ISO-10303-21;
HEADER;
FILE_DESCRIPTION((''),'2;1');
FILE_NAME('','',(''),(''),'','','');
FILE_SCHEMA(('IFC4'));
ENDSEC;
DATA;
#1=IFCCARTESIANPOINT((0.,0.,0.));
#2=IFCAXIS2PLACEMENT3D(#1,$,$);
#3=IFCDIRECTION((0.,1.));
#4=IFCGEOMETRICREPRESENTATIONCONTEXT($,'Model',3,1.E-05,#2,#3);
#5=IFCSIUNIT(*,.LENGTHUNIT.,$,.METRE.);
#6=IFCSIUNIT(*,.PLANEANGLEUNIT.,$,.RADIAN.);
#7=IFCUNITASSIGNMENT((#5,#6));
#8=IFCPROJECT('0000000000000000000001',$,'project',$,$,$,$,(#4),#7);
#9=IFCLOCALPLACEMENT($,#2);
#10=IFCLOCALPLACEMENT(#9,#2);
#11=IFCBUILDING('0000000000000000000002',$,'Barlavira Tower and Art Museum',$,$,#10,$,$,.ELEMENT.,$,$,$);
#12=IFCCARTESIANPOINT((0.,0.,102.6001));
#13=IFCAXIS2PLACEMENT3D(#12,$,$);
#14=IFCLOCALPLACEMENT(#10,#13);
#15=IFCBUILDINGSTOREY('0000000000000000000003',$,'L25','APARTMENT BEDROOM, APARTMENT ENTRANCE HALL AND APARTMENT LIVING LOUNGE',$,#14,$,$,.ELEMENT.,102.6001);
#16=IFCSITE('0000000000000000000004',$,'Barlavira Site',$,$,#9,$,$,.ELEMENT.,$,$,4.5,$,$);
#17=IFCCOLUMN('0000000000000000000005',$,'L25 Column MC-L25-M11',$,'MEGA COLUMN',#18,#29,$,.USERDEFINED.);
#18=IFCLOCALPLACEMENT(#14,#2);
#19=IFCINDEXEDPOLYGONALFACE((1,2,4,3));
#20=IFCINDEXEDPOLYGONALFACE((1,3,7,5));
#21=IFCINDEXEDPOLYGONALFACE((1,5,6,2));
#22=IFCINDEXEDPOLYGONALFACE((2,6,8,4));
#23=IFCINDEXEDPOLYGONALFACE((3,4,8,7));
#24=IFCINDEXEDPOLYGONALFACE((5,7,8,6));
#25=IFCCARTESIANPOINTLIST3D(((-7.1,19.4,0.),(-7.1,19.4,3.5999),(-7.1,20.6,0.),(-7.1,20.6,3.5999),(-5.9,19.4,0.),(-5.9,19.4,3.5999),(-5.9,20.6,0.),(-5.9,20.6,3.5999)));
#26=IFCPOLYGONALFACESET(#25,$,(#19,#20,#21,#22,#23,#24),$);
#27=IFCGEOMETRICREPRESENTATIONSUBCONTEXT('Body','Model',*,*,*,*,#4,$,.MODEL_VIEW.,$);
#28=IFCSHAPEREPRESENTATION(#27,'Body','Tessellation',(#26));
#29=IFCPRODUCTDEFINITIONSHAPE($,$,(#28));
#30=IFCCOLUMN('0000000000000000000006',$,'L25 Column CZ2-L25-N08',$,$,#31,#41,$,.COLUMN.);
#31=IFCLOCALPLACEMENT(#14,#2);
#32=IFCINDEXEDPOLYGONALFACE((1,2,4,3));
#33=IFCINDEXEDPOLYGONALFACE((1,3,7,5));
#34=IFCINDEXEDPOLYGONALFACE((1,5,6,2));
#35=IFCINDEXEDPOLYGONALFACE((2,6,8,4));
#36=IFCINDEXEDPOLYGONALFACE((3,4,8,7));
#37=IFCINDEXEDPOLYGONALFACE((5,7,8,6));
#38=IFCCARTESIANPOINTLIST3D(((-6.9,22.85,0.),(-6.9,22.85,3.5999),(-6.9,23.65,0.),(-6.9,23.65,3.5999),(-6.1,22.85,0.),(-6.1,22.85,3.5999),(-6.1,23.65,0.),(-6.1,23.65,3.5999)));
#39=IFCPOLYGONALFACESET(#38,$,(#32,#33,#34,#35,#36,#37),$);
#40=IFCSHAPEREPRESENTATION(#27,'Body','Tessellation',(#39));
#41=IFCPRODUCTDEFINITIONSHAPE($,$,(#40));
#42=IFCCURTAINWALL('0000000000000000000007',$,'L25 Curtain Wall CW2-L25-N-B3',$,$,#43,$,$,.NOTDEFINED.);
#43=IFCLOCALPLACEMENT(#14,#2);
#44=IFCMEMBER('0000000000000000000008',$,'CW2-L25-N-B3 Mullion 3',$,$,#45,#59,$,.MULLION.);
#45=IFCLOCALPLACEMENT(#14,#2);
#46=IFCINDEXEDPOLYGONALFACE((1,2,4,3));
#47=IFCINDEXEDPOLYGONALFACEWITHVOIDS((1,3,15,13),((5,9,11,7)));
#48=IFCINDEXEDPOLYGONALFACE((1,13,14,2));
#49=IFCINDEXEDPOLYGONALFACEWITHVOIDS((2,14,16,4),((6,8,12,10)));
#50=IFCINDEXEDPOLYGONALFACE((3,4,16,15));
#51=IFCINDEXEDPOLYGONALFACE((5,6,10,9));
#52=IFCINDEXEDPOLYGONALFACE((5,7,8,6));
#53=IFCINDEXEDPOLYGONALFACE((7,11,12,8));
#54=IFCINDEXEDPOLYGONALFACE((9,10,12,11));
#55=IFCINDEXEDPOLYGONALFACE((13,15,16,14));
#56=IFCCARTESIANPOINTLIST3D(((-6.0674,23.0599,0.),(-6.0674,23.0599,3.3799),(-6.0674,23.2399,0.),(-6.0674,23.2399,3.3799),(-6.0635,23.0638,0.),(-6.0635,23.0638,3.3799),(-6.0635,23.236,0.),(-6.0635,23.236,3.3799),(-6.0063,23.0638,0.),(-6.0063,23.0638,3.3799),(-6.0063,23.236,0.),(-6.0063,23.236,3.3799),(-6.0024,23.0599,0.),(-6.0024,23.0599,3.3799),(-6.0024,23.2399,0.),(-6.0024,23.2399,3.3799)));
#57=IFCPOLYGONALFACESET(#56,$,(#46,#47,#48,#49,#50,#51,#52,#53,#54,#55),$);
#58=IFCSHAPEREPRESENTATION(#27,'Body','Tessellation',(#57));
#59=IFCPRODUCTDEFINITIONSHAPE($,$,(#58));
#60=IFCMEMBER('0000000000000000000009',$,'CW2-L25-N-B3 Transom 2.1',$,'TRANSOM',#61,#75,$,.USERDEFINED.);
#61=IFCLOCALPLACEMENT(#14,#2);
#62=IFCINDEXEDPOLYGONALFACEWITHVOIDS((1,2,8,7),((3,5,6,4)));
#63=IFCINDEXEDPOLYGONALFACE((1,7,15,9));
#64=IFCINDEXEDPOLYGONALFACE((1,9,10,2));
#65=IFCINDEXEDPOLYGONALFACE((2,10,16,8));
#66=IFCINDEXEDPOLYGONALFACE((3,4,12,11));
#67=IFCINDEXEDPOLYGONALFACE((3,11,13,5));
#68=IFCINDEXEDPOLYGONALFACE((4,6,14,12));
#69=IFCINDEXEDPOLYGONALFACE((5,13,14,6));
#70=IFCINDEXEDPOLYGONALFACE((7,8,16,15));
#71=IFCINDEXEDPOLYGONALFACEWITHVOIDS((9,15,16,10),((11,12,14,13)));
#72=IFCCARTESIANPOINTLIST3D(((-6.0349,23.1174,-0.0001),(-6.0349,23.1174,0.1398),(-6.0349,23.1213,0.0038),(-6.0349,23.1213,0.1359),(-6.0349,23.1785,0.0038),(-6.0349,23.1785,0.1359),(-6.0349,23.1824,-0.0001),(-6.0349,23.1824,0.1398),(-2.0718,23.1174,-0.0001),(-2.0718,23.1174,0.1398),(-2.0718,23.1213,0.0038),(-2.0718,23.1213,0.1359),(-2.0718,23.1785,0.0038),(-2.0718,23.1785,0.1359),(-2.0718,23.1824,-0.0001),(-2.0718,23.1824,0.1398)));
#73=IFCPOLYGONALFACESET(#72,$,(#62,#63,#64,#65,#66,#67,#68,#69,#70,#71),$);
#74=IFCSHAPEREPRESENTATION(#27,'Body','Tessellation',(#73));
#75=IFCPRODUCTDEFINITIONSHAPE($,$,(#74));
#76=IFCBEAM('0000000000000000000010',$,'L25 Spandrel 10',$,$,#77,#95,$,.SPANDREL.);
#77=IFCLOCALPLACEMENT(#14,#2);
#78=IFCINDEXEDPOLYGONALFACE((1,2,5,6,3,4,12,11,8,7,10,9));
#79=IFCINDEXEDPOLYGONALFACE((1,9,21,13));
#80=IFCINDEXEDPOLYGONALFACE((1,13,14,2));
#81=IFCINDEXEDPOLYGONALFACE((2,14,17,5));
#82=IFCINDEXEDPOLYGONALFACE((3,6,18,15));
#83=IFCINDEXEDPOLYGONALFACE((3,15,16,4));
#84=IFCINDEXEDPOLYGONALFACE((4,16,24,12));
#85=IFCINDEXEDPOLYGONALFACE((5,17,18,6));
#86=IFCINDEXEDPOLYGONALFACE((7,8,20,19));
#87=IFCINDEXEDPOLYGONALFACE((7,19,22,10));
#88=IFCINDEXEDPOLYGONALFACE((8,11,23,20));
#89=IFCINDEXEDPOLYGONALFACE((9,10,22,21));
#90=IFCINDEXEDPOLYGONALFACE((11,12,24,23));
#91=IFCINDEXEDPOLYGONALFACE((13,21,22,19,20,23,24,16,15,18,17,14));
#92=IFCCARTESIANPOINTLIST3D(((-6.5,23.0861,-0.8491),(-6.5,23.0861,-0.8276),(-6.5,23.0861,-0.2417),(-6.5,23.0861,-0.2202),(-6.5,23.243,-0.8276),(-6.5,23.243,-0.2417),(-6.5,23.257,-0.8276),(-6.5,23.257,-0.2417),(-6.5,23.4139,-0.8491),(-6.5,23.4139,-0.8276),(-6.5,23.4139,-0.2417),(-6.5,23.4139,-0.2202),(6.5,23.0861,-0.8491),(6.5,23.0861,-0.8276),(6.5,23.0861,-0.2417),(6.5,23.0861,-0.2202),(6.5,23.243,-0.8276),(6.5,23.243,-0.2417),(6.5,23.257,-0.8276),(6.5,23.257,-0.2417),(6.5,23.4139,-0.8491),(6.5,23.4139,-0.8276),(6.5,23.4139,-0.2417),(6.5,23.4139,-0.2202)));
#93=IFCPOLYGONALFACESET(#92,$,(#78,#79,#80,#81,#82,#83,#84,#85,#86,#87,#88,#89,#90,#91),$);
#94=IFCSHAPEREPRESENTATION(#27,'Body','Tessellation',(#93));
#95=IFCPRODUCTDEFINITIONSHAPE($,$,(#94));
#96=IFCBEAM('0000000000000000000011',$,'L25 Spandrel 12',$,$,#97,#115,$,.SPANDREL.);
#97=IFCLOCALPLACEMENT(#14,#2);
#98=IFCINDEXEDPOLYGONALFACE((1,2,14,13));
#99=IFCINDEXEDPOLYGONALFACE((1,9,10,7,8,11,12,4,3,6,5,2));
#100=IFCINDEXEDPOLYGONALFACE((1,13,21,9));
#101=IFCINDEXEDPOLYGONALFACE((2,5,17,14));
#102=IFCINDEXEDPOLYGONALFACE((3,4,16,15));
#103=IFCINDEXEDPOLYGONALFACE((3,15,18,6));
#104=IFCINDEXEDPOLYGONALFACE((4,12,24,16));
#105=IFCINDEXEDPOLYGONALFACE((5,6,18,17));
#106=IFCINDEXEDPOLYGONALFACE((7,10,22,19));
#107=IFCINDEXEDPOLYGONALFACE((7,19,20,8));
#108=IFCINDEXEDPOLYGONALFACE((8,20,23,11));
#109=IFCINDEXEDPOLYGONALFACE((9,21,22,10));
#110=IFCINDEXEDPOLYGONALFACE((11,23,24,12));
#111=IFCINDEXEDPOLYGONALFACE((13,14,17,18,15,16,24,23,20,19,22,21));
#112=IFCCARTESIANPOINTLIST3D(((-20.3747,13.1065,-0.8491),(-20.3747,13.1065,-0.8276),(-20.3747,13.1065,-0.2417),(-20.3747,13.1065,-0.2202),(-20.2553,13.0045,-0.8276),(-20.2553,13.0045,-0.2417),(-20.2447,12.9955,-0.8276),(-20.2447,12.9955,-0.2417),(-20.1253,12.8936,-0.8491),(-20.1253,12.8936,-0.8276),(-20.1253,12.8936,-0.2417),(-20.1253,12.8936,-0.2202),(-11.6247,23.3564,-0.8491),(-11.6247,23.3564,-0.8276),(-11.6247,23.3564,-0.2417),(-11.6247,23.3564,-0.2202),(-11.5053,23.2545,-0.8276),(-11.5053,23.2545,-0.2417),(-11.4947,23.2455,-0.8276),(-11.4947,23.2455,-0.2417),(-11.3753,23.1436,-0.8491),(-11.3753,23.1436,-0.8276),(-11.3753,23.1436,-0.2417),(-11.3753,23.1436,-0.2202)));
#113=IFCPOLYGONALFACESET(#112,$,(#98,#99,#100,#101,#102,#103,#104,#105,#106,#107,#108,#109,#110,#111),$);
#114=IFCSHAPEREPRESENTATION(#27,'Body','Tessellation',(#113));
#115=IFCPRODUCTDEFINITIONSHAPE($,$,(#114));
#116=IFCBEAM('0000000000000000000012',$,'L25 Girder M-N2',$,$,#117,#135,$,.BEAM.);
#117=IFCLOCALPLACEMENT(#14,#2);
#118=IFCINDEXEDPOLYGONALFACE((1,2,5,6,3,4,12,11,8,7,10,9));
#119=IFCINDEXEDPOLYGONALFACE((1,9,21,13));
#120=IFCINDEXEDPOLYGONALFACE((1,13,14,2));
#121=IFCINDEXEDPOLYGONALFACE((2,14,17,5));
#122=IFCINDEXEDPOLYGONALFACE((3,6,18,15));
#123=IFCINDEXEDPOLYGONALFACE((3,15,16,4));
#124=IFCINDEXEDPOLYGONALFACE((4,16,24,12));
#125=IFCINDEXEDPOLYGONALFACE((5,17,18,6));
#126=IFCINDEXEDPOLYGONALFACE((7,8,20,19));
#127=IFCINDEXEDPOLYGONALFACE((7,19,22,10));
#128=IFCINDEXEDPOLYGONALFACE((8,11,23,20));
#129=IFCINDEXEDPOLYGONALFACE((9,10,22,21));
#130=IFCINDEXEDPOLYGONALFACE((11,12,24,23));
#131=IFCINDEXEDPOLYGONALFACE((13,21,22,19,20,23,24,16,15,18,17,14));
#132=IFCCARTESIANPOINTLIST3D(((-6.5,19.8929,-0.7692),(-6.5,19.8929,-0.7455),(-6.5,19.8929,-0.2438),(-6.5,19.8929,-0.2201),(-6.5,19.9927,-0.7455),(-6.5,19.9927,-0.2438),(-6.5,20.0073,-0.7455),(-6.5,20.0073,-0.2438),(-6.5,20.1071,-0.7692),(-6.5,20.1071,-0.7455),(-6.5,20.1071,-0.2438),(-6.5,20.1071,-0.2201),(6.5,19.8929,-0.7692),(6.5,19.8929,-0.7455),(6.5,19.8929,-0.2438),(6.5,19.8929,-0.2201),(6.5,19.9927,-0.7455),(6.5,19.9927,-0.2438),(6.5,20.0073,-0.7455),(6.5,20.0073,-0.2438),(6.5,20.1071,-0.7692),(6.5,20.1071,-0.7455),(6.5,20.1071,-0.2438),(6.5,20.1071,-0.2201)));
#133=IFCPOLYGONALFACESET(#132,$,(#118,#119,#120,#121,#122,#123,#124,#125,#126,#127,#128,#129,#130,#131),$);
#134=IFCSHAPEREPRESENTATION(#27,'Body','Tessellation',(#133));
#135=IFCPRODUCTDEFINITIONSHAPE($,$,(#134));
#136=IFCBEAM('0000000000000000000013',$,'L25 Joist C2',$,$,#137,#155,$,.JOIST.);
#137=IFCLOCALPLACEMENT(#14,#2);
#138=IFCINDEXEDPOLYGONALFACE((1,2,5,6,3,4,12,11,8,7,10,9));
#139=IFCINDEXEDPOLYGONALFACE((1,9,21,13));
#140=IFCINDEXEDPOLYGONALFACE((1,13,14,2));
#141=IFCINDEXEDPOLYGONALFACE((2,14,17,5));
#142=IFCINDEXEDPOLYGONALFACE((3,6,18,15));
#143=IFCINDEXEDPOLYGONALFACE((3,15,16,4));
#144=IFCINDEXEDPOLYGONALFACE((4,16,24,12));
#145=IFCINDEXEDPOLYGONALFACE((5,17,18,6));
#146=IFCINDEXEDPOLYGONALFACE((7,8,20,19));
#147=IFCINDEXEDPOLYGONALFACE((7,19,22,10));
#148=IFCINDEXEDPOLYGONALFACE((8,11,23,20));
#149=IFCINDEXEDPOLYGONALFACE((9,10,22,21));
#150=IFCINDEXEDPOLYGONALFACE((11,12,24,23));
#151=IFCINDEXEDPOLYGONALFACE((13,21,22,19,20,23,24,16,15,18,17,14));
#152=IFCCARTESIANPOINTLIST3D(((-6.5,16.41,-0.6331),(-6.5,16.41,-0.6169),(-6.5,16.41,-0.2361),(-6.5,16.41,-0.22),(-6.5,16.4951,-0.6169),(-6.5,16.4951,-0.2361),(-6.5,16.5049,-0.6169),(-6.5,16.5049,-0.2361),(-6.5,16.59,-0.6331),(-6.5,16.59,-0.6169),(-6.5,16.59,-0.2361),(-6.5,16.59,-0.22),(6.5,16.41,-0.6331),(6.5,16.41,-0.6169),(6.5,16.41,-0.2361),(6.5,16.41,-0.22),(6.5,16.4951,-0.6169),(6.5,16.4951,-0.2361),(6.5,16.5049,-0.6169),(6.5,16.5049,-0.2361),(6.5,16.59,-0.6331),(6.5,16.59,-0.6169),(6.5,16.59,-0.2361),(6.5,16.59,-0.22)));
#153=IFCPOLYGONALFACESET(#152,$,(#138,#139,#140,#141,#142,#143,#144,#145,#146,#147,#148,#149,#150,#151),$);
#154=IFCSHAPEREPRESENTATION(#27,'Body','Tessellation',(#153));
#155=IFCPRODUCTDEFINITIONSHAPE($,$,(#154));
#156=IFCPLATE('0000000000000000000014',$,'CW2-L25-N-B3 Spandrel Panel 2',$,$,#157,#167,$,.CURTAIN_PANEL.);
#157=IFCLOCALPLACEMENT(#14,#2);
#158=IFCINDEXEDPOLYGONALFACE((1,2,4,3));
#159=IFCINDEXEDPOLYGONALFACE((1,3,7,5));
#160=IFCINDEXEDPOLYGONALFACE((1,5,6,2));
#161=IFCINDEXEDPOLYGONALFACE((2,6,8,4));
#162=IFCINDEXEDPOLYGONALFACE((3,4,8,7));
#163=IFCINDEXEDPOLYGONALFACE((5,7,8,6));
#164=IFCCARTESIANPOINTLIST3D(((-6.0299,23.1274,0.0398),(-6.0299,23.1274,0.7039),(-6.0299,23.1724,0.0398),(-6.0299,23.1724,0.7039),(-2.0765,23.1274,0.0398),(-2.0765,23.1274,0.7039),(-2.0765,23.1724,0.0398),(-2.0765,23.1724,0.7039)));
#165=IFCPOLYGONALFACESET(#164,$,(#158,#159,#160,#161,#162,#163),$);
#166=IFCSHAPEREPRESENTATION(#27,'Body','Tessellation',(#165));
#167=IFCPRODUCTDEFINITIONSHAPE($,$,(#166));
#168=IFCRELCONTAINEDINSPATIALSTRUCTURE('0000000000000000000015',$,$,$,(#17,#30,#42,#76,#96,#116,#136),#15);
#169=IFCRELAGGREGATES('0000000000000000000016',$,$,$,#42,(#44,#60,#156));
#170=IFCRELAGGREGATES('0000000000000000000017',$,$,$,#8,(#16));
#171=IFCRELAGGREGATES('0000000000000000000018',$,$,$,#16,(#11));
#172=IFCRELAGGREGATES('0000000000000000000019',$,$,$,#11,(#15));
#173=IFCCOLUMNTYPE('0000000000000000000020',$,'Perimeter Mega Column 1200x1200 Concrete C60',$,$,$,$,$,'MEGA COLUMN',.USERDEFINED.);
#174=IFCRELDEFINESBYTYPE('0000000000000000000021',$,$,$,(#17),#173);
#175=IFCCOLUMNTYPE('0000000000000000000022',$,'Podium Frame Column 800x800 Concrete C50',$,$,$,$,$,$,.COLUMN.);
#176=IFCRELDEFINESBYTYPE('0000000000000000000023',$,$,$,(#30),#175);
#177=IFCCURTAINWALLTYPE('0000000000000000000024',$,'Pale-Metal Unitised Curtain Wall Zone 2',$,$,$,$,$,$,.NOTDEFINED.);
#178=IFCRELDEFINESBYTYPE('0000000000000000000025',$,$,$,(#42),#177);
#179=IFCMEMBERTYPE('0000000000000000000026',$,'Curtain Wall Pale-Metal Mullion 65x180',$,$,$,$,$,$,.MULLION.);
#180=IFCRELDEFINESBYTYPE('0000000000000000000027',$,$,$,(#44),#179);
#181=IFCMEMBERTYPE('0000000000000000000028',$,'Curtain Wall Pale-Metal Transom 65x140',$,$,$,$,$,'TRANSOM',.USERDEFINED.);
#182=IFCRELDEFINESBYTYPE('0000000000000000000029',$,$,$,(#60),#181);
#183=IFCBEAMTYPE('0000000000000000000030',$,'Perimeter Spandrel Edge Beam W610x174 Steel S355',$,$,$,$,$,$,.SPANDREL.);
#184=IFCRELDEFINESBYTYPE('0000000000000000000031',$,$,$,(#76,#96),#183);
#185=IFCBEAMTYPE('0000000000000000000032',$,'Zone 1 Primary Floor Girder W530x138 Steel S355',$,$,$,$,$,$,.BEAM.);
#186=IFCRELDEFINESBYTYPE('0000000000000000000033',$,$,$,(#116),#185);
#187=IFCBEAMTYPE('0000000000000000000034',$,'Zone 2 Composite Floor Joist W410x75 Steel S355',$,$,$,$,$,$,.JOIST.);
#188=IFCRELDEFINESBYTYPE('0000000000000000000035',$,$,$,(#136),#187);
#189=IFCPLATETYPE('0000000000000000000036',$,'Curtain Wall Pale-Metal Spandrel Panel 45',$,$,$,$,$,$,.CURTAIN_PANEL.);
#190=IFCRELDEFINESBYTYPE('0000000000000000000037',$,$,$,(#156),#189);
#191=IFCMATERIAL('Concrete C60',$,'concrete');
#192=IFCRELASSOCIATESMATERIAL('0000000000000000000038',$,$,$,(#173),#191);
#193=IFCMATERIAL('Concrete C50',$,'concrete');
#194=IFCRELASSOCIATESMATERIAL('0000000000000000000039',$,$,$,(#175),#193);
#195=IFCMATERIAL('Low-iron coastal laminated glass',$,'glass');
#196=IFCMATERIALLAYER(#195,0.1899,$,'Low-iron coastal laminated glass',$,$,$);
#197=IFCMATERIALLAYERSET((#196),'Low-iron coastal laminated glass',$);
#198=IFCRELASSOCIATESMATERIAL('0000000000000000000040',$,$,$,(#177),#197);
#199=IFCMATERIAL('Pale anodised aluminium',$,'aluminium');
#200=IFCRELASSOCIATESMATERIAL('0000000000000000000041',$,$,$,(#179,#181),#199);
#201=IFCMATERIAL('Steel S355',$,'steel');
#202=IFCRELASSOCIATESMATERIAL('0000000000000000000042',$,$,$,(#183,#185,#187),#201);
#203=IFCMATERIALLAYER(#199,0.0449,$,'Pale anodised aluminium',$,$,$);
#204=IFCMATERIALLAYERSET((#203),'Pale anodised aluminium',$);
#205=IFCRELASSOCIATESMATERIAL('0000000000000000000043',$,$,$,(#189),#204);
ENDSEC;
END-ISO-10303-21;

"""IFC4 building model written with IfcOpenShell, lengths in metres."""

from ifc_helpers import new_model, si_unit, direction, frame, origin, origin_2d, place, context, subcontext, project, spatial, rectangle, hollow_rectangle, i_section, extrude, material, layer, layer_set, material_profile, profile_set, type_object, element, aggregate, save


model = new_model("IFC4")

# Units and contexts
model_context = context("Model", 3, precision=1e-05, world=origin(), true_north=direction((0.0, 1.0)))
body_context = subcontext(model_context, "Body", "Model", "MODEL_VIEW")
ifc_project = project(units=[si_unit("LENGTHUNIT", "METRE"), si_unit("PLANEANGLEUNIT", "RADIAN")], contexts=[model_context])

# Site, building, storey
site_placement = place(None, origin())
site = spatial("IfcSite", under=ifc_project, at=site_placement, Name="Barlavira Site", CompositionType="ELEMENT", RefElevation=4.5)
building_placement = place(site_placement, origin())
building = spatial("IfcBuilding", under=site, at=building_placement, Name="Barlavira Tower and Art Museum", CompositionType="ELEMENT")
storey_placement = place(building_placement, frame((0.0, 0.0, 102.6001)))
storey = spatial("IfcBuildingStorey", under=building, at=storey_placement, Name="L25", Description="APARTMENT BEDROOM, APARTMENT ENTRANCE HALL AND APARTMENT LIVING LOUNGE", CompositionType="ELEMENT", Elevation=102.6001)

# Columns
ifc_material_1 = material(Name="Concrete C60", Category="concrete")
ifc_material_profile_1 = material_profile(ifc_material_1, rectangle(XDim=1.2, YDim=1.2, at=origin_2d()), Name="RC-COL 1200x1200")
ifc_profile_set_1 = profile_set([ifc_material_profile_1], Name="Concrete C60")
column_type_1 = type_object("IfcColumnType", Name="Perimeter Mega Column 1200x1200 Concrete C60", ElementType="MEGA COLUMN", PredefinedType="USERDEFINED", material=ifc_profile_set_1)
column_1_placement = place(storey_placement, frame((-6.5, 20.0, 0.0), z_axis=(0.0, 0.0, 1.0), x_axis=(1.0, 0.0, 0.0)))
element("IfcColumn", 1, at=column_1_placement, inside=storey, type_object=column_type_1, Name="L25 Column MC-L25-M11", ObjectType="MEGA COLUMN", PredefinedType="USERDEFINED", context=body_context, shape_type="SweptSolid", body=[
    extrude(rectangle(XDim=1.2, YDim=1.2, at=origin_2d()), origin(), (0.0, 0.0, 1.0), 3.5999),
])
ifc_material_2 = material(Name="Concrete C50", Category="concrete")
ifc_material_profile_2 = material_profile(ifc_material_2, rectangle(XDim=0.8, YDim=0.8, at=origin_2d()), Name="RC-COL 800x800")
ifc_profile_set_2 = profile_set([ifc_material_profile_2], Name="Concrete C50")
column_type_2 = type_object("IfcColumnType", Name="Podium Frame Column 800x800 Concrete C50", PredefinedType="COLUMN", material=ifc_profile_set_2)
column_2_placement = place(storey_placement, frame((-6.5, 23.25, 0.0), z_axis=(0.0, 0.0, 1.0), x_axis=(1.0, 0.0, 0.0)))
element("IfcColumn", 2, at=column_2_placement, inside=storey, type_object=column_type_2, Name="L25 Column CZ2-L25-N08", PredefinedType="COLUMN", context=body_context, shape_type="SweptSolid", body=[
    extrude(rectangle(XDim=0.8, YDim=0.8, at=origin_2d()), origin(), (0.0, 0.0, 1.0), 3.5999),
])

# Curtain wall, members
ifc_material_3 = material(Name="Low-iron coastal laminated glass", Category="glass")
ifc_layer_1 = layer(ifc_material_3, 0.1899, Name="Low-iron coastal laminated glass")
ifc_layer_set_1 = layer_set([ifc_layer_1], Name="Low-iron coastal laminated glass")
curtain_wall_type = type_object("IfcCurtainWallType", Name="Pale-Metal Unitised Curtain Wall Zone 2", PredefinedType="NOTDEFINED", material=ifc_layer_set_1)
curtain_wall_placement = place(storey_placement, origin())
curtain_wall = element("IfcCurtainWall", 3, at=curtain_wall_placement, inside=storey, type_object=curtain_wall_type, Name="L25 Curtain Wall CW2-L25-N-B3", PredefinedType="NOTDEFINED")
ifc_material_4 = material(Name="Pale anodised aluminium", Category="aluminium")
ifc_material_profile_3 = material_profile(ifc_material_4, hollow_rectangle(XDim=0.0649, YDim=0.1799, WallThickness=0.0039, at=origin_2d()), Name="ALU-MULL 65x180x4")
ifc_profile_set_3 = profile_set([ifc_material_profile_3], Name="Pale anodised aluminium")
member_type_1 = type_object("IfcMemberType", Name="Curtain Wall Pale-Metal Mullion 65x180", PredefinedType="MULLION", material=ifc_profile_set_3)
member_1_placement = place(storey_placement, frame((-6.0349, 23.1499, 0.0), z_axis=(0.0, 0.0, 1.0), x_axis=(-1.0, 0.0, 0.0)))
member_1 = element("IfcMember", 4, at=member_1_placement, type_object=member_type_1, Name="CW2-L25-N-B3 Mullion 3", PredefinedType="MULLION", context=body_context, shape_type="SweptSolid", body=[
    extrude(hollow_rectangle(XDim=0.0649, YDim=0.1799, WallThickness=0.0039, at=origin_2d()), origin(), (0.0, 0.0, 1.0), 3.3799),
])
ifc_material_profile_4 = material_profile(ifc_material_4, hollow_rectangle(XDim=0.0649, YDim=0.1399, WallThickness=0.0039, at=origin_2d()), Name="ALU-TRAN 65x140x4")
ifc_profile_set_4 = profile_set([ifc_material_profile_4], Name="Pale anodised aluminium")
member_type_2 = type_object("IfcMemberType", Name="Curtain Wall Pale-Metal Transom 65x140", ElementType="TRANSOM", PredefinedType="USERDEFINED", material=ifc_profile_set_4)
member_2_placement = place(storey_placement, frame((-2.0718, 23.1499, 0.0698), z_axis=(-1.0, 0.0, 0.0), x_axis=(0.0, -1.0, 0.0)))
member_2 = element("IfcMember", 5, at=member_2_placement, type_object=member_type_2, Name="CW2-L25-N-B3 Transom 2.1", ObjectType="TRANSOM", PredefinedType="USERDEFINED", context=body_context, shape_type="SweptSolid", body=[
    extrude(hollow_rectangle(XDim=0.0649, YDim=0.1399, WallThickness=0.0039, at=origin_2d()), origin(), (0.0, 0.0, 1.0), 3.9631),
])

# Beams
ifc_material_5 = material(Name="Steel S355", Category="steel")
ifc_material_profile_5 = material_profile(ifc_material_5, i_section(OverallWidth=0.3279, OverallDepth=0.6289, WebThickness=0.0139, FlangeThickness=0.0215, at=origin_2d()), Name="W610x174.0")
ifc_profile_set_5 = profile_set([ifc_material_profile_5], Name="Steel S355")
beam_type_1 = type_object("IfcBeamType", Name="Perimeter Spandrel Edge Beam W610x174 Steel S355", PredefinedType="SPANDREL", material=ifc_profile_set_5)
beam_1_placement = place(storey_placement, frame((-6.5, 23.25, -0.5347), z_axis=(1.0, 0.0, 0.0), x_axis=(0.0, 1.0, 0.0)))
element("IfcBeam", 6, at=beam_1_placement, inside=storey, type_object=beam_type_1, Name="L25 Spandrel 10", PredefinedType="SPANDREL", context=body_context, shape_type="SweptSolid", body=[
    extrude(i_section(OverallWidth=0.3279, OverallDepth=0.6289, WebThickness=0.0139, FlangeThickness=0.0215, at=origin_2d()), origin(), (0.0, 0.0, 1.0), 13.0),
])
beam_2_placement = place(storey_placement, frame((-11.5, 23.25, -0.5347), z_axis=(-0.649262, -0.760565, 0.0), x_axis=(0.760565, -0.649262, 0.0)))
element("IfcBeam", 7, at=beam_2_placement, inside=storey, type_object=beam_type_1, Name="L25 Spandrel 12", PredefinedType="SPANDREL", context=body_context, shape_type="SweptSolid", body=[
    extrude(i_section(OverallWidth=0.3279, OverallDepth=0.6289, WebThickness=0.0139, FlangeThickness=0.0215, at=origin_2d()), origin(), (0.0, 0.0, 1.0), 13.4768),
])
ifc_material_profile_6 = material_profile(ifc_material_5, i_section(OverallWidth=0.2141, OverallDepth=0.5491, WebThickness=0.0146, FlangeThickness=0.0237, at=origin_2d()), Name="W530x138.0")
ifc_profile_set_6 = profile_set([ifc_material_profile_6], Name="Steel S355")
beam_type_2 = type_object("IfcBeamType", Name="Zone 1 Primary Floor Girder W530x138 Steel S355", PredefinedType="BEAM", material=ifc_profile_set_6)
beam_3_placement = place(storey_placement, frame((-6.5, 20.0, -0.4946), z_axis=(1.0, 0.0, 0.0), x_axis=(0.0, 1.0, 0.0)))
element("IfcBeam", 8, at=beam_3_placement, inside=storey, type_object=beam_type_2, Name="L25 Girder M-N2", PredefinedType="BEAM", context=body_context, shape_type="SweptSolid", body=[
    extrude(i_section(OverallWidth=0.2141, OverallDepth=0.5491, WebThickness=0.0146, FlangeThickness=0.0237, at=origin_2d()), origin(), (0.0, 0.0, 1.0), 13.0),
])
ifc_material_profile_7 = material_profile(ifc_material_5, i_section(OverallWidth=0.1799, OverallDepth=0.4131, WebThickness=0.0098, FlangeThickness=0.0161, at=origin_2d()), Name="W410x75.0")
ifc_profile_set_7 = profile_set([ifc_material_profile_7], Name="Steel S355")
beam_type_3 = type_object("IfcBeamType", Name="Zone 2 Composite Floor Joist W410x75 Steel S355", PredefinedType="JOIST", material=ifc_profile_set_7)
beam_4_placement = place(storey_placement, frame((-6.5, 16.5, -0.4265), z_axis=(1.0, 0.0, 0.0), x_axis=(0.0, 1.0, 0.0)))
element("IfcBeam", 9, at=beam_4_placement, inside=storey, type_object=beam_type_3, Name="L25 Joist C2", PredefinedType="JOIST", context=body_context, shape_type="SweptSolid", body=[
    extrude(i_section(OverallWidth=0.1799, OverallDepth=0.4131, WebThickness=0.0098, FlangeThickness=0.0161, at=origin_2d()), origin(), (0.0, 0.0, 1.0), 13.0),
])

# Plate
ifc_layer_2 = layer(ifc_material_4, 0.0449, Name="Pale anodised aluminium")
ifc_layer_set_2 = layer_set([ifc_layer_2], Name="Pale anodised aluminium")
plate_type_1 = type_object("IfcPlateType", Name="Curtain Wall Pale-Metal Spandrel Panel 45", PredefinedType="CURTAIN_PANEL", material=ifc_layer_set_2)
plate_1_placement = place(storey_placement, frame((-4.0532, 23.1499, 0.0398), z_axis=(0.0, 0.0, 1.0), x_axis=(-1.0, 0.0, 0.0)))
plate_1 = element("IfcPlate", 10, at=plate_1_placement, type_object=plate_type_1, Name="CW2-L25-N-B3 Spandrel Panel 2", PredefinedType="CURTAIN_PANEL", context=body_context, shape_type="SweptSolid", body=[
    extrude(rectangle(XDim=3.9534, YDim=0.0449, at=origin_2d()), origin(), (0.0, 0.0, 1.0), 0.6641),
])
aggregate(curtain_wall, [member_1, member_2, plate_1])

save(model, "model.ifc")
